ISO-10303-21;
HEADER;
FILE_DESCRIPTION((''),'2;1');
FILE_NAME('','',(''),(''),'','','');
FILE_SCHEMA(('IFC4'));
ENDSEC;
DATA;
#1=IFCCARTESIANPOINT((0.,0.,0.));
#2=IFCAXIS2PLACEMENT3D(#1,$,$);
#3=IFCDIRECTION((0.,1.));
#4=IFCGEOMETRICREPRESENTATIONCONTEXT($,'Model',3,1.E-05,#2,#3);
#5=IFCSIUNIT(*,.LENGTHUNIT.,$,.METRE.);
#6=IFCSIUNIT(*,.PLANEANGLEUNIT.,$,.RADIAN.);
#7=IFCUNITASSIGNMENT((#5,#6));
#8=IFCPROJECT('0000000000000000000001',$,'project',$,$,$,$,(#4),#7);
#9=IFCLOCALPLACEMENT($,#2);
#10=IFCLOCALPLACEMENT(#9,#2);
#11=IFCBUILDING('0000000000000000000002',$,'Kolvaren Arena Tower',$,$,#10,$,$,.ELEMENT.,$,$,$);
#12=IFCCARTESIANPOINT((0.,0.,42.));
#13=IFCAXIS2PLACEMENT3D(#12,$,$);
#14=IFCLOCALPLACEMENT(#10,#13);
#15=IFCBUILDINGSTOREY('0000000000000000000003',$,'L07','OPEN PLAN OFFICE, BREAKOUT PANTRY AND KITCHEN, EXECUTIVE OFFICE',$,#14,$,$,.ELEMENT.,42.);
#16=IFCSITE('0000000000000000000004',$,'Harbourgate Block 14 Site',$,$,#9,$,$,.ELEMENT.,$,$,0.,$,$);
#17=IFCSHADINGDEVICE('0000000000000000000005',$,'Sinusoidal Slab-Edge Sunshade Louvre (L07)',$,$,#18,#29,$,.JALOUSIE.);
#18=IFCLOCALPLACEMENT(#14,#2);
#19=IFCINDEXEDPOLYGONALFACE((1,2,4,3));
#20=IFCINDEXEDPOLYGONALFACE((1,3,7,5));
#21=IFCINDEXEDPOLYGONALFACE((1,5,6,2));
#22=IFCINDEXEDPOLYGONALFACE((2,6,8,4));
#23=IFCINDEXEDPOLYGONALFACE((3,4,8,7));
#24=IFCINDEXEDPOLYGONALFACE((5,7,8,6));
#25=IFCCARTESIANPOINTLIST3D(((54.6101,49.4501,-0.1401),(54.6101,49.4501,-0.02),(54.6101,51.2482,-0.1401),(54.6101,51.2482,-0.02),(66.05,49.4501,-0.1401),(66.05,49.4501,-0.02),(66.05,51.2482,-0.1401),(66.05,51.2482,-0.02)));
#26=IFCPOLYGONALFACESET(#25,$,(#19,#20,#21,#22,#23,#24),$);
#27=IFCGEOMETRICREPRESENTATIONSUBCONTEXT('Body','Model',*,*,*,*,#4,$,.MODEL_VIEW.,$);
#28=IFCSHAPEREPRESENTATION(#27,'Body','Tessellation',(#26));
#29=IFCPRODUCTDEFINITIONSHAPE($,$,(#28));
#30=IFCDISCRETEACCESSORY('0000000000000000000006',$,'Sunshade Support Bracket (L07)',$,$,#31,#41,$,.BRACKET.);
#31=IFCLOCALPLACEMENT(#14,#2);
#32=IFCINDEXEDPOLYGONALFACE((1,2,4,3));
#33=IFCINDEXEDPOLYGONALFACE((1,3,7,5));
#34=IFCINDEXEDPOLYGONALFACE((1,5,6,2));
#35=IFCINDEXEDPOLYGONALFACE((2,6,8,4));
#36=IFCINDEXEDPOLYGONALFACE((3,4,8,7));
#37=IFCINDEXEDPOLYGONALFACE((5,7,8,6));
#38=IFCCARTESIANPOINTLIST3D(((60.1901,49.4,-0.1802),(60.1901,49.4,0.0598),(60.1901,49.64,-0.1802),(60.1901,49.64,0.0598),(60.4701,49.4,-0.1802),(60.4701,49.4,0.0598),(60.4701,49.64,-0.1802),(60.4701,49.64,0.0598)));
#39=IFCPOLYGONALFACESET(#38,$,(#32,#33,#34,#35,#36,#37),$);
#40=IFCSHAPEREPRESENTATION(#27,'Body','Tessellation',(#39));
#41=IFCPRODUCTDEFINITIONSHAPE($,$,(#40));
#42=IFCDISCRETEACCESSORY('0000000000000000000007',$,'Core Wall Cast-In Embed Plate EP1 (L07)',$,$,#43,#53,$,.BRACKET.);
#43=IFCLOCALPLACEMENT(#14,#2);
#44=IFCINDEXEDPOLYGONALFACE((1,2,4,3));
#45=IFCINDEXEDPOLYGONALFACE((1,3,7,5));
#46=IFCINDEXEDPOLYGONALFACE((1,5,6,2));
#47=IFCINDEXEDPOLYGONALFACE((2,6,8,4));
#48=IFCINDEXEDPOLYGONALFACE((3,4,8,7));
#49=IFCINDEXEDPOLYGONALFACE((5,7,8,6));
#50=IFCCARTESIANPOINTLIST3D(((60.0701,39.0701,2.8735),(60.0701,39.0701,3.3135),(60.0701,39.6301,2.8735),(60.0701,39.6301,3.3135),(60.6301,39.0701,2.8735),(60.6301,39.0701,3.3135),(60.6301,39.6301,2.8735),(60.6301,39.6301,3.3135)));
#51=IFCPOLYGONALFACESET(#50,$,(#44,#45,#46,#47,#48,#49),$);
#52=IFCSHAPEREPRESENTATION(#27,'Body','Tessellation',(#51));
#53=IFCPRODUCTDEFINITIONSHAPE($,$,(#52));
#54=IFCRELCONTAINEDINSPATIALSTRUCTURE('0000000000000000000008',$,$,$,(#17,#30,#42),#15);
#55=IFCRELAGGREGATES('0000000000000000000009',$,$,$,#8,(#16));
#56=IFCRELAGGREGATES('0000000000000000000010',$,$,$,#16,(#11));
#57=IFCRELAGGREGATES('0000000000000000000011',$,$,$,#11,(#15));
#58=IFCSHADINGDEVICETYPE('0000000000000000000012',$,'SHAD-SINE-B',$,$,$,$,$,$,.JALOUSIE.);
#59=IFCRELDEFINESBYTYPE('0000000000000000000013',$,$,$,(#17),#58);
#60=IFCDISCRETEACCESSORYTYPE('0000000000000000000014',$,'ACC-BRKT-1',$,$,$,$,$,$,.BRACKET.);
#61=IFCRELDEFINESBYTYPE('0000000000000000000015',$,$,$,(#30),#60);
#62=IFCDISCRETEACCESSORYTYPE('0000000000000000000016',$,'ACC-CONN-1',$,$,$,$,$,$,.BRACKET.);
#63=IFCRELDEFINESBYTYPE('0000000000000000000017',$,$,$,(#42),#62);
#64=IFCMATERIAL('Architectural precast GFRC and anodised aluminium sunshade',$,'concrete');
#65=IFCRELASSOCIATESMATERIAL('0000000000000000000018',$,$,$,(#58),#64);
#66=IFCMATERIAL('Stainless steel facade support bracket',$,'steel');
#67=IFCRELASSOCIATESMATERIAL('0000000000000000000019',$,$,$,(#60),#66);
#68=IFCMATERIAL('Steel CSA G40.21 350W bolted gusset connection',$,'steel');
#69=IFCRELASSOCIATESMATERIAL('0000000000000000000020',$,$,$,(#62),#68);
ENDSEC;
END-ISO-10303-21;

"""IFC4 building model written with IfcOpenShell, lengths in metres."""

from ifc_helpers import new_model, si_unit, direction, frame, origin, origin_2d, place, context, subcontext, project, spatial, rectangle, extrude, material, type_object, element, save


model = new_model("IFC4")

# Units and contexts
model_context = context("Model", 3, precision=1e-05, world=origin(), true_north=direction((0.0, 1.0)))
body_context = subcontext(model_context, "Body", "Model", "MODEL_VIEW")
ifc_project = project(units=[si_unit("LENGTHUNIT", "METRE"), si_unit("PLANEANGLEUNIT", "RADIAN")], contexts=[model_context])

# Site, building, storey
site_placement = place(None, origin())
site = spatial("IfcSite", under=ifc_project, at=site_placement, Name="Harbourgate Block 14 Site", CompositionType="ELEMENT", RefElevation=0.0)
building_placement = place(site_placement, origin())
building = spatial("IfcBuilding", under=site, at=building_placement, Name="Kolvaren Arena Tower", CompositionType="ELEMENT")
storey_placement = place(building_placement, frame((0.0, 0.0, 42.0)))
storey = spatial("IfcBuildingStorey", under=building, at=storey_placement, Name="L07", Description="OPEN PLAN OFFICE, BREAKOUT PANTRY AND KITCHEN, EXECUTIVE OFFICE", CompositionType="ELEMENT", Elevation=42.0)

# Shading device
ifc_material_1 = material(Name="Architectural precast GFRC and anodised aluminium sunshade", Category="concrete")
shading_device_type = type_object("IfcShadingDeviceType", Name="SHAD-SINE-B", PredefinedType="JALOUSIE", material=ifc_material_1)
shading_device_placement = place(storey_placement, frame((60.3301, 50.3491, -0.1401), z_axis=(0.0, 0.0, 1.0), x_axis=(1.0, 0.0, 0.0)))
element("IfcShadingDevice", 1, at=shading_device_placement, inside=storey, type_object=shading_device_type, Name="Sinusoidal Slab-Edge Sunshade Louvre (L07)", PredefinedType="JALOUSIE", context=body_context, shape_type="SweptSolid", body=[
    extrude(rectangle(XDim=11.4399, YDim=1.7981, at=origin_2d()), origin(), (0.0, 0.0, 1.0), 0.1201),
])

# Discrete accessories
ifc_material_2 = material(Name="Stainless steel facade support bracket", Category="steel")
discrete_accessory_type_1 = type_object("IfcDiscreteAccessoryType", Name="ACC-BRKT-1", PredefinedType="BRACKET", material=ifc_material_2)
discrete_accessory_1_placement = place(storey_placement, frame((60.3301, 49.52, -0.1802), z_axis=(0.0, 0.0, 1.0), x_axis=(1.0, 0.0, 0.0)))
element("IfcDiscreteAccessory", 2, at=discrete_accessory_1_placement, inside=storey, type_object=discrete_accessory_type_1, Name="Sunshade Support Bracket (L07)", PredefinedType="BRACKET", context=body_context, shape_type="SweptSolid", body=[
    extrude(rectangle(XDim=0.28, YDim=0.24, at=origin_2d()), origin(), (0.0, 0.0, 1.0), 0.24),
])
ifc_material_3 = material(Name="Steel CSA G40.21 350W bolted gusset connection", Category="steel")
discrete_accessory_type_2 = type_object("IfcDiscreteAccessoryType", Name="ACC-CONN-1", PredefinedType="BRACKET", material=ifc_material_3)
discrete_accessory_2_placement = place(storey_placement, frame((60.3501, 39.3501, 2.8735), z_axis=(0.0, 0.0, 1.0), x_axis=(1.0, 0.0, 0.0)))
element("IfcDiscreteAccessory", 3, at=discrete_accessory_2_placement, inside=storey, type_object=discrete_accessory_type_2, Name="Core Wall Cast-In Embed Plate EP1 (L07)", PredefinedType="BRACKET", context=body_context, shape_type="SweptSolid", body=[
    extrude(rectangle(XDim=0.5601, YDim=0.5601, at=origin_2d()), origin(), (0.0, 0.0, 1.0), 0.4399),
])

save(model, "model.ifc")
